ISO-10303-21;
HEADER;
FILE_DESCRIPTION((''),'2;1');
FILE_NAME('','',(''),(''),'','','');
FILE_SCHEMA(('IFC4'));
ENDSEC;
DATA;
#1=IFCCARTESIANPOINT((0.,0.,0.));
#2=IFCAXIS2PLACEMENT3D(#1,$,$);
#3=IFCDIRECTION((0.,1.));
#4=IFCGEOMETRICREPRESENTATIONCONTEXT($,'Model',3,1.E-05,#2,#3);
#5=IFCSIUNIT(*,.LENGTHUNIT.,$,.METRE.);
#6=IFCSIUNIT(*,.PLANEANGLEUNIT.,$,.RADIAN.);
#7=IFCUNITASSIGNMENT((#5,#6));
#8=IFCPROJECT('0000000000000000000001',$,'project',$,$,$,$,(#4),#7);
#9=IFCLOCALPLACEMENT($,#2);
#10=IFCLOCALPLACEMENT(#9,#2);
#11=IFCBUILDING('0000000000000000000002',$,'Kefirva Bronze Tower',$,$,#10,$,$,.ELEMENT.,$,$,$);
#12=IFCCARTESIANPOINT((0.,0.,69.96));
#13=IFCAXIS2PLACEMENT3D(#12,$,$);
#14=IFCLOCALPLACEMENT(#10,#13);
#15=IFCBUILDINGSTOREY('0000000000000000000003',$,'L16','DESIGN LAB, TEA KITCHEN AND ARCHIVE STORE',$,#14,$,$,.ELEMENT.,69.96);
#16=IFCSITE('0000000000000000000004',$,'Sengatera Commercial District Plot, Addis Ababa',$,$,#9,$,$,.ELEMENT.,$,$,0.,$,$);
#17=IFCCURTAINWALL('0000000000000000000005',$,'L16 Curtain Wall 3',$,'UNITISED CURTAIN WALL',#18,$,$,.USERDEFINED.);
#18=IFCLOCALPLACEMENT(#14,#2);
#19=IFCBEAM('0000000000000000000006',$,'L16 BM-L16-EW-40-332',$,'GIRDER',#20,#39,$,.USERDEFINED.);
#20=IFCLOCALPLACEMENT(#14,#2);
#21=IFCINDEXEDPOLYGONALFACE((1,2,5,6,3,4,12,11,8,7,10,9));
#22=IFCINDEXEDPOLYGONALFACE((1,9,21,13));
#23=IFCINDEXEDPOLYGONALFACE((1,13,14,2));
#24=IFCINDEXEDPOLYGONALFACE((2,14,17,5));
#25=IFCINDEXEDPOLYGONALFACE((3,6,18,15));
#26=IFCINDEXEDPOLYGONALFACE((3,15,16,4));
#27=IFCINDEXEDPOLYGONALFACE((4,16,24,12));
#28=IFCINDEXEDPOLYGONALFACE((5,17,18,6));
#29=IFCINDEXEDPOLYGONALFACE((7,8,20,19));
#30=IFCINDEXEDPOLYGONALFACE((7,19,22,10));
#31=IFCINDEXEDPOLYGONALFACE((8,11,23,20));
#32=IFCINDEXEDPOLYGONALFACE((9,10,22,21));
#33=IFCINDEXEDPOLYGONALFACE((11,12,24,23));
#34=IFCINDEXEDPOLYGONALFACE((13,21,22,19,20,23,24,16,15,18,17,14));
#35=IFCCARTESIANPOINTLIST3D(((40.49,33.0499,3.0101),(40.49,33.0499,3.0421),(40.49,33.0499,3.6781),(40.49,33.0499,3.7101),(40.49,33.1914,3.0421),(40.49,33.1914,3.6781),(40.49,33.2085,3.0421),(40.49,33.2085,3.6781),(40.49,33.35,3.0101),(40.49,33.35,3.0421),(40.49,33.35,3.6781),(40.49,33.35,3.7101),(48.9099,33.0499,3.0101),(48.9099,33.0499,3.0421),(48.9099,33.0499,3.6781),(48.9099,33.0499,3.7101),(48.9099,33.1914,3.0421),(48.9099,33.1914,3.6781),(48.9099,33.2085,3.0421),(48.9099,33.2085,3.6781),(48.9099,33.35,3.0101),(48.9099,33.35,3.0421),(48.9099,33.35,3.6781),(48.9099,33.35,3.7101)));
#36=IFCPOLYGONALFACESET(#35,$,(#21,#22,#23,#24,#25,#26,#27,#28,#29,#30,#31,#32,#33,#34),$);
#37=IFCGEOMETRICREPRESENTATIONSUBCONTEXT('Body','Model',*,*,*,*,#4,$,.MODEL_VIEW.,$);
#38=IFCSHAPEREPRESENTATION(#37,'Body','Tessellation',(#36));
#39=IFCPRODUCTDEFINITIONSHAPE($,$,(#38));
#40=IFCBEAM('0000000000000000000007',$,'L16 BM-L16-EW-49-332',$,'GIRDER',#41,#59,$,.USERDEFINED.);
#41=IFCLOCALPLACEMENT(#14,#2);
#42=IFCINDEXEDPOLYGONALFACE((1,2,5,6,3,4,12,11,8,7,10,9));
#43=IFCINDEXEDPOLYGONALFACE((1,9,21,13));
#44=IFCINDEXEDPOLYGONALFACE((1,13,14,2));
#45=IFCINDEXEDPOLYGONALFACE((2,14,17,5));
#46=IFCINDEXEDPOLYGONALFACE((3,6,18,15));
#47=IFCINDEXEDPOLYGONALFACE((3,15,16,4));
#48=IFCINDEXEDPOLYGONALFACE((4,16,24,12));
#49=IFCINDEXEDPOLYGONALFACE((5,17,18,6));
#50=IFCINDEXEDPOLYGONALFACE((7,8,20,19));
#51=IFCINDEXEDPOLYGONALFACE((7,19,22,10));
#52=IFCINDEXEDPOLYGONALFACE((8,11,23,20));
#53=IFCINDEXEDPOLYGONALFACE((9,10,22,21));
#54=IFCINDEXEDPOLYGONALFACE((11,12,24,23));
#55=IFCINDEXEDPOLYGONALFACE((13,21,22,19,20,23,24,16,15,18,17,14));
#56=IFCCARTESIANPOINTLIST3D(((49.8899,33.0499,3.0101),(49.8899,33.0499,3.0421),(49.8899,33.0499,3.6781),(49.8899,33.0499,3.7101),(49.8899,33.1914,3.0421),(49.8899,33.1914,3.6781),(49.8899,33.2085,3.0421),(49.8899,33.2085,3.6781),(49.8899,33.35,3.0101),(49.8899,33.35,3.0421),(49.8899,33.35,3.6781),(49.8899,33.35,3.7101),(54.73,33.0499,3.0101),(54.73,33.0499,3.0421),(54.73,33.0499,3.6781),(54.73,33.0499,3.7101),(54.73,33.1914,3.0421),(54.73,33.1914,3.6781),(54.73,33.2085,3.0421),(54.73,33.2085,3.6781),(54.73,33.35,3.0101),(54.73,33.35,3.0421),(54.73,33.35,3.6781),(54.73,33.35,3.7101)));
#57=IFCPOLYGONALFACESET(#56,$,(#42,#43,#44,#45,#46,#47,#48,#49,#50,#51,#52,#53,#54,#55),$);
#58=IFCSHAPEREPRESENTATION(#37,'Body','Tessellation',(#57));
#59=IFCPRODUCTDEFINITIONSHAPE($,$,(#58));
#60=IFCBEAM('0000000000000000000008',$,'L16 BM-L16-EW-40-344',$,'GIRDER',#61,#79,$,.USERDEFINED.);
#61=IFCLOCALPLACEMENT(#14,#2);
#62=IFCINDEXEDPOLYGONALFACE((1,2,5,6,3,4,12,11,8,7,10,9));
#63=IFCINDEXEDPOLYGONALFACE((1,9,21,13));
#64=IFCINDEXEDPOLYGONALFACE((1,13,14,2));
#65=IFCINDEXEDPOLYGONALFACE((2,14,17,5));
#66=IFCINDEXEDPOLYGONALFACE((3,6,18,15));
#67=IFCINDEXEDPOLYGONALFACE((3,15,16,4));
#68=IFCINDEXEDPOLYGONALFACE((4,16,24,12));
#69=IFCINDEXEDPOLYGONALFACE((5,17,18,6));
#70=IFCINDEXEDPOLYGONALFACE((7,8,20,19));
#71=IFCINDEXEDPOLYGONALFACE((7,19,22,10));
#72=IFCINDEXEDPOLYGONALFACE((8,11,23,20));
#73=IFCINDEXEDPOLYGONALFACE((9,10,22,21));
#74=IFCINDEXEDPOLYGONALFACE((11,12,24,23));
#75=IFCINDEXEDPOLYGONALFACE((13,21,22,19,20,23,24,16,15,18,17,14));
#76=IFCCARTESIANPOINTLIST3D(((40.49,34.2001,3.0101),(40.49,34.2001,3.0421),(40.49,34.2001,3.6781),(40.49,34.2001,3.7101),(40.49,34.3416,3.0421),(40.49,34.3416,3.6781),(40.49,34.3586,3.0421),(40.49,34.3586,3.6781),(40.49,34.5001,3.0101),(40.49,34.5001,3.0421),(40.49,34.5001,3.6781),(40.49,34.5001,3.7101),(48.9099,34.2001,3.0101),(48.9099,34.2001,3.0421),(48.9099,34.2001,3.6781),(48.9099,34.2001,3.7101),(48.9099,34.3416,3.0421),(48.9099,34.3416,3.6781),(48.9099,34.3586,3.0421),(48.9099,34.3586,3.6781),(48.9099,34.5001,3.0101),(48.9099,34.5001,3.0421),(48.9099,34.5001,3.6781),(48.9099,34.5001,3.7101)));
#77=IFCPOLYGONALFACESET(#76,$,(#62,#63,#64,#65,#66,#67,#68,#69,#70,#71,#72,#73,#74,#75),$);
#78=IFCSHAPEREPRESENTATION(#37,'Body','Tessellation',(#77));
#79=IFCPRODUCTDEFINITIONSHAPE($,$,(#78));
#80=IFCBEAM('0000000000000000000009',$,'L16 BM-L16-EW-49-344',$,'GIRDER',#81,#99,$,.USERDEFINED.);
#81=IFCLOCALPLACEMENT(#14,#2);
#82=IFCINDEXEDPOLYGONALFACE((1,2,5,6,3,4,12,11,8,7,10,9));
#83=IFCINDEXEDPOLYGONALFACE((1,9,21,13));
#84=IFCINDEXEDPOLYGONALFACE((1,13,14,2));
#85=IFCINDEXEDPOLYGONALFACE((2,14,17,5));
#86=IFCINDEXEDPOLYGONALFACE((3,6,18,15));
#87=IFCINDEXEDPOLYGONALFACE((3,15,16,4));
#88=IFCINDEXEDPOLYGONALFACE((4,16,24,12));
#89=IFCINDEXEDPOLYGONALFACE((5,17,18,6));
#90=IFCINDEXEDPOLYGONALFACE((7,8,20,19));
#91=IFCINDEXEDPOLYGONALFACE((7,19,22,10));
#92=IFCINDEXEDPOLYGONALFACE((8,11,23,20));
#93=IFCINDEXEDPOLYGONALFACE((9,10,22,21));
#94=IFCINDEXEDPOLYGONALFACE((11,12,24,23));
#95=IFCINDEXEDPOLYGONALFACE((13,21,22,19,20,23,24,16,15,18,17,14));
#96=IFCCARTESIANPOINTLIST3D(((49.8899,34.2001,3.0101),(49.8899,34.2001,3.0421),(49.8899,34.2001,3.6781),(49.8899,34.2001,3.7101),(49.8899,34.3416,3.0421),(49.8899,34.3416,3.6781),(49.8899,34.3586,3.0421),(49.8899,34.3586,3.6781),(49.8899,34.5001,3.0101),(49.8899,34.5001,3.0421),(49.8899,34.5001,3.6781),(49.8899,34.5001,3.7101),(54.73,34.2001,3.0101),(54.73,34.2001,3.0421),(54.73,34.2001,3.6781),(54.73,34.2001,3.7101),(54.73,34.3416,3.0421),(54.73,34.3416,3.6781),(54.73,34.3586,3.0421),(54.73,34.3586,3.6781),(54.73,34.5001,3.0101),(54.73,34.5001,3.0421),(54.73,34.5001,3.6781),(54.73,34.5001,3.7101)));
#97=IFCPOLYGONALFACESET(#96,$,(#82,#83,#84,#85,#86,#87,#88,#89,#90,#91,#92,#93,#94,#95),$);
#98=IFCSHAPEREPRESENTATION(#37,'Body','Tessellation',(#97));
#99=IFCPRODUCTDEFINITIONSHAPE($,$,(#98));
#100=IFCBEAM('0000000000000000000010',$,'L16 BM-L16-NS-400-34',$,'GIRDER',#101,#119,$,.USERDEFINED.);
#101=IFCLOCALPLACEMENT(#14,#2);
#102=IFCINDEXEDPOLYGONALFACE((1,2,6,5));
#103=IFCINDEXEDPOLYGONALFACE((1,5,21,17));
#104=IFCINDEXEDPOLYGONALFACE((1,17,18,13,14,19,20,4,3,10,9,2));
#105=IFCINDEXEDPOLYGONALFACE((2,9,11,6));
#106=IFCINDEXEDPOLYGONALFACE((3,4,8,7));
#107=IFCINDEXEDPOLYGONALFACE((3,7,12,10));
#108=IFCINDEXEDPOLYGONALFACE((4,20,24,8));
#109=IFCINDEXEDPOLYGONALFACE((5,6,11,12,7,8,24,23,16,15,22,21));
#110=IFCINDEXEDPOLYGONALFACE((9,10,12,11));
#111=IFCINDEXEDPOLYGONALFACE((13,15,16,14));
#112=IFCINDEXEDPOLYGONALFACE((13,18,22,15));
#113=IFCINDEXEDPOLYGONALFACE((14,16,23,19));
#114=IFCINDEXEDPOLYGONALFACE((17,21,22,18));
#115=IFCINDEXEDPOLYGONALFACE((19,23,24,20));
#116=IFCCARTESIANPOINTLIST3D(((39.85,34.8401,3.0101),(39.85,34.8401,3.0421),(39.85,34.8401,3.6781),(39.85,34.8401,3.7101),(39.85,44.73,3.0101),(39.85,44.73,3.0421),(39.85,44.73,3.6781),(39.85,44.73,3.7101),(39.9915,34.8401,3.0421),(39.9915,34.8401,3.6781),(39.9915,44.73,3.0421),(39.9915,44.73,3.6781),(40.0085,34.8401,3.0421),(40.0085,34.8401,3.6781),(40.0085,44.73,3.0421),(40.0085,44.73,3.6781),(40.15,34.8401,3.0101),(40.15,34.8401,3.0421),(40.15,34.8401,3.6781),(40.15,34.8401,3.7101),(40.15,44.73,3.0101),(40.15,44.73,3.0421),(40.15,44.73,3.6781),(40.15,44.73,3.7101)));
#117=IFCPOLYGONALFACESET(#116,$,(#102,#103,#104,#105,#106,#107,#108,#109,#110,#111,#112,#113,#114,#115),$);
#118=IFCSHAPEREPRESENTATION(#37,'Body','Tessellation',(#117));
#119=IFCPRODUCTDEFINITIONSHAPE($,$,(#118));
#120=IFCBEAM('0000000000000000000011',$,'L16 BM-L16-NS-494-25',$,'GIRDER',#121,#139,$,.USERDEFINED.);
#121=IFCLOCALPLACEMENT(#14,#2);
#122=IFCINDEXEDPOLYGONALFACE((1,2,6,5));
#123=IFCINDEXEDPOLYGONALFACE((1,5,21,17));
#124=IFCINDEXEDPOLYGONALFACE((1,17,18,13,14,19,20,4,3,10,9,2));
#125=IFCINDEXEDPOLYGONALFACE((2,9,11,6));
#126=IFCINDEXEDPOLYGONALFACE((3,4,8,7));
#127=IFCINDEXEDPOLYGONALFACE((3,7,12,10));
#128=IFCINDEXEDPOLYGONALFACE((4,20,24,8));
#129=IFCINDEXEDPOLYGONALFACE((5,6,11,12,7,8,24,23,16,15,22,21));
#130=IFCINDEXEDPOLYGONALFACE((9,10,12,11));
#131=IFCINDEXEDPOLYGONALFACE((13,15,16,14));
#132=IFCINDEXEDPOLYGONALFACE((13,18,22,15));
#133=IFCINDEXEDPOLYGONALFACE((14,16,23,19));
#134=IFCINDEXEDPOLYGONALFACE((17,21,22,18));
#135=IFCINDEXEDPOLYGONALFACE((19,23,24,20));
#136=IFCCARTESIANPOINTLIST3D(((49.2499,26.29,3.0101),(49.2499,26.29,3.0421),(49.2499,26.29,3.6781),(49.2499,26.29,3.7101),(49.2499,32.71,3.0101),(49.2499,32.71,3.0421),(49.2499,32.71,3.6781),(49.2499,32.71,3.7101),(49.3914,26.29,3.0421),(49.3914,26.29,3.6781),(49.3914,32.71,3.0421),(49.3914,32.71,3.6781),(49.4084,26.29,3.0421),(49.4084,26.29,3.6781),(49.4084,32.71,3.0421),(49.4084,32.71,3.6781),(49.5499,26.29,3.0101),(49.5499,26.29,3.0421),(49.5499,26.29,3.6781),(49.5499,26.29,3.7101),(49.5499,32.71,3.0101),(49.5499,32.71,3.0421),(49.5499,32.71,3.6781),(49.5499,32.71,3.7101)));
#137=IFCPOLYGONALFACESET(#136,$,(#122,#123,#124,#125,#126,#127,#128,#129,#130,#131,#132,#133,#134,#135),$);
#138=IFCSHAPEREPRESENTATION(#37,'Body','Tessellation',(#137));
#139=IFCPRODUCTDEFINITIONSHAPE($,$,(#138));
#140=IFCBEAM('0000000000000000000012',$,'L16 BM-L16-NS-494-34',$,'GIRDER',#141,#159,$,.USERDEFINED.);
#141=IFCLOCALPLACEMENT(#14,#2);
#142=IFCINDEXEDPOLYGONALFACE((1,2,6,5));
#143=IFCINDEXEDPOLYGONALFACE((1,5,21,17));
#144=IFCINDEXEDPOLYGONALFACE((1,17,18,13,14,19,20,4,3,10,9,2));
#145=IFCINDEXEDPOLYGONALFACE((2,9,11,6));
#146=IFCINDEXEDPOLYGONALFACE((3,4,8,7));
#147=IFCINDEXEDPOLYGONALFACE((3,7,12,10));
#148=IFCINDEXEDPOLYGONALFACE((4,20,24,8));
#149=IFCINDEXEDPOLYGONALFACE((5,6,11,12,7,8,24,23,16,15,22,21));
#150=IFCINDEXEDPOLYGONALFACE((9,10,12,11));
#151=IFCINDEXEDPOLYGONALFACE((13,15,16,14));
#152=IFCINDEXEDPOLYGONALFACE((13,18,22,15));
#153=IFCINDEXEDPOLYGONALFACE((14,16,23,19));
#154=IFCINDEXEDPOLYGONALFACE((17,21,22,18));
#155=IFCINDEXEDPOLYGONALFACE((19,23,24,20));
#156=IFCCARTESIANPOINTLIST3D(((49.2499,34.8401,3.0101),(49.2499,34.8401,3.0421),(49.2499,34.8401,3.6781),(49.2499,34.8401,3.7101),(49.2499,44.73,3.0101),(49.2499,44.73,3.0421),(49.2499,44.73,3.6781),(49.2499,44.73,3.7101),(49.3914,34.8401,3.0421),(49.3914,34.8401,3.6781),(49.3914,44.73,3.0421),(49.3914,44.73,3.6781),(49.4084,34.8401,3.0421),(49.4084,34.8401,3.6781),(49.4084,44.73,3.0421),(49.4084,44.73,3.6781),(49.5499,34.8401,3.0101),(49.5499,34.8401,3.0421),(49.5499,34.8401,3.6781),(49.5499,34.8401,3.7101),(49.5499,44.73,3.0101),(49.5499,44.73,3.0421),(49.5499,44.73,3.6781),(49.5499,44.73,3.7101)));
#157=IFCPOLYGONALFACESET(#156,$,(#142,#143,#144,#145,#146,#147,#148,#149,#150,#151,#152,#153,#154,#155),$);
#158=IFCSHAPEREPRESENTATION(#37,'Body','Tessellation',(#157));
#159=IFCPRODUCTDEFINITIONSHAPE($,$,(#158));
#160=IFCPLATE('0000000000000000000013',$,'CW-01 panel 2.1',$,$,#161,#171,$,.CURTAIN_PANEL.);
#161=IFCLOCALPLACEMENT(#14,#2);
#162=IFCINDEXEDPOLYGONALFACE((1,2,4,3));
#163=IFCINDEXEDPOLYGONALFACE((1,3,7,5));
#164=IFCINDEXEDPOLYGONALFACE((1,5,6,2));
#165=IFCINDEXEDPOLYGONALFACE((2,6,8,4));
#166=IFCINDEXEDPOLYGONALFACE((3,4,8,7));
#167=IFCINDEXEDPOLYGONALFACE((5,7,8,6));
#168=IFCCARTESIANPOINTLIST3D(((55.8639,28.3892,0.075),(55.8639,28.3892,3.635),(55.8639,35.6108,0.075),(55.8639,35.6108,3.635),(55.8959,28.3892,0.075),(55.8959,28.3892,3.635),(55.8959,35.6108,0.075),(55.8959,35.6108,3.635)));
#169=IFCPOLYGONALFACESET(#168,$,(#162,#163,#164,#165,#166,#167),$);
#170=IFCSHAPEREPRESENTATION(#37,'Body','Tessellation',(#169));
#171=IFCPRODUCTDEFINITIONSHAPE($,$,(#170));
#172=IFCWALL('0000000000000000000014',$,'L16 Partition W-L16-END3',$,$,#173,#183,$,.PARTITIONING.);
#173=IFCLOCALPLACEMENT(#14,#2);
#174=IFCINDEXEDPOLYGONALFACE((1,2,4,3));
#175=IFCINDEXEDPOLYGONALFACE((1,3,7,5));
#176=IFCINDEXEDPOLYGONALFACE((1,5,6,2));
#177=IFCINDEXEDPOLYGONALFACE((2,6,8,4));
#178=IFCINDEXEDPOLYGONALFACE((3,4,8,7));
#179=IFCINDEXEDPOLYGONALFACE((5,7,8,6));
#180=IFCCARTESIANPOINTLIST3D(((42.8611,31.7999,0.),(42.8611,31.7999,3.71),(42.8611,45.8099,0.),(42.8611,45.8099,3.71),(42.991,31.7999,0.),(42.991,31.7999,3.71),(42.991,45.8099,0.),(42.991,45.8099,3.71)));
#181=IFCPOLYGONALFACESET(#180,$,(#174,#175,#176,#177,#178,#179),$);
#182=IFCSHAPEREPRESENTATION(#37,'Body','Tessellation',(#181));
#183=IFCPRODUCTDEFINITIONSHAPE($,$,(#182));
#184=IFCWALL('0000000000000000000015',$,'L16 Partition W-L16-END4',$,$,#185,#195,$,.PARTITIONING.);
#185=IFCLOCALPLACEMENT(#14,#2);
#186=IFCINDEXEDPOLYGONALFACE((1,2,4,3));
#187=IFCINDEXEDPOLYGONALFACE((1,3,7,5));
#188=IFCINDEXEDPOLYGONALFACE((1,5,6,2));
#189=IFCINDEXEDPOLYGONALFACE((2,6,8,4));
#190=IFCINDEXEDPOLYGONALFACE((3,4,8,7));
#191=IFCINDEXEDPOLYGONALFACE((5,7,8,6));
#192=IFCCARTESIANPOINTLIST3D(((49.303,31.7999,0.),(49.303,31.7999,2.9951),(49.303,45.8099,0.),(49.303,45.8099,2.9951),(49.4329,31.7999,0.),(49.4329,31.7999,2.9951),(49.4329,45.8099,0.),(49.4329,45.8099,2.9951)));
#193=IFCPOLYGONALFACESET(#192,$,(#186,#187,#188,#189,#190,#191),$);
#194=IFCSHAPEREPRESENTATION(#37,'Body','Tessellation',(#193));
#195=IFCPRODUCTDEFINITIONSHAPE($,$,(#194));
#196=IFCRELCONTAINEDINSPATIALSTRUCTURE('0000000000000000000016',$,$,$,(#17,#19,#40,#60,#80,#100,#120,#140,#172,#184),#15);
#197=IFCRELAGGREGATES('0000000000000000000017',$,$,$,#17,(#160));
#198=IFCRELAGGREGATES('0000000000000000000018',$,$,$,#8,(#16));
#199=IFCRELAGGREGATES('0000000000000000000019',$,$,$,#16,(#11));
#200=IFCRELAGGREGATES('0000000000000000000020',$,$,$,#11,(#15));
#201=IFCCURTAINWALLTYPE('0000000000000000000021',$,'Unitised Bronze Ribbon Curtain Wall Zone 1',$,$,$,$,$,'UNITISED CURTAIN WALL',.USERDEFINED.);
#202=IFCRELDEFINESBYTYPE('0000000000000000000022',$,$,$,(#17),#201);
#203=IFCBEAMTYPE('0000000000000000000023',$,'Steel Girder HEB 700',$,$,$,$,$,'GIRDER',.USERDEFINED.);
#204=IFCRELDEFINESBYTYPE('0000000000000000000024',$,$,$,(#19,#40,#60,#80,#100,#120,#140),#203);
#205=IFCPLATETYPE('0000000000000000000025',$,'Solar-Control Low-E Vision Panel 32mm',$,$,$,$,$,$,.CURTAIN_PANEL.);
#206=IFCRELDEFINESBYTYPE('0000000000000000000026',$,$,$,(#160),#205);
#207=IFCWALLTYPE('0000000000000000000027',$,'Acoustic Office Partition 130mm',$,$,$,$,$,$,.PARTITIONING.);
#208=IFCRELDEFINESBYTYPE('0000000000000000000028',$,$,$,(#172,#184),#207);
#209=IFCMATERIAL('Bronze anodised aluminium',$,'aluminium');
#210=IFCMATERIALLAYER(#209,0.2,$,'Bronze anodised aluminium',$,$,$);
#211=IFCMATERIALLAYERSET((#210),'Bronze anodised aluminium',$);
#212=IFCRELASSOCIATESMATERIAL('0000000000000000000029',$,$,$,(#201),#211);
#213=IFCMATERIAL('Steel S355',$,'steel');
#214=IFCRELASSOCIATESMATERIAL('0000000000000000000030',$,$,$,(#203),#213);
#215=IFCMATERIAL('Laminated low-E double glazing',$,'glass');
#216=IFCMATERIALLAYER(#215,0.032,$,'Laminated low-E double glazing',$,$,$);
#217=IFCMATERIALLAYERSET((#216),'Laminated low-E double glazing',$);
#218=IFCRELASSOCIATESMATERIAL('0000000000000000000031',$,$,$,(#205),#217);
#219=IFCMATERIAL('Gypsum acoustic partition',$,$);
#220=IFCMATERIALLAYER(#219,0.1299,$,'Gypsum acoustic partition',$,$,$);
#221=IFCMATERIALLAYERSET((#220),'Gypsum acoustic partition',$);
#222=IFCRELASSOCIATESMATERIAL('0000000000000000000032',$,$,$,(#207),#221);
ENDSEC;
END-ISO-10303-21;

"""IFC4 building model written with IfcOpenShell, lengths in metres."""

from ifc_helpers import new_model, si_unit, direction, frame, frame_2d, origin, origin_2d, place, context, subcontext, project, spatial, rectangle, i_section, extrude, material, layer, layer_set, material_profile, profile_set, type_object, element, aggregate, save


model = new_model("IFC4")

# Units and contexts
model_context = context("Model", 3, precision=1e-05, world=origin(), true_north=direction((0.0, 1.0)))
body_context = subcontext(model_context, "Body", "Model", "MODEL_VIEW")
ifc_project = project(units=[si_unit("LENGTHUNIT", "METRE"), si_unit("PLANEANGLEUNIT", "RADIAN")], contexts=[model_context])

# Site, building, storey
site_placement = place(None, origin())
site = spatial("IfcSite", under=ifc_project, at=site_placement, Name="Sengatera Commercial District Plot, Addis Ababa", CompositionType="ELEMENT", RefElevation=0.0)
building_placement = place(site_placement, origin())
building = spatial("IfcBuilding", under=site, at=building_placement, Name="Kefirva Bronze Tower", CompositionType="ELEMENT")
storey_placement = place(building_placement, frame((0.0, 0.0, 69.96)))
storey = spatial("IfcBuildingStorey", under=building, at=storey_placement, Name="L16", Description="DESIGN LAB, TEA KITCHEN AND ARCHIVE STORE", CompositionType="ELEMENT", Elevation=69.96)

# Curtain wall
ifc_material_1 = material(Name="Bronze anodised aluminium", Category="aluminium")
ifc_layer_1 = layer(ifc_material_1, 0.2, Name="Bronze anodised aluminium")
ifc_layer_set_1 = layer_set([ifc_layer_1], Name="Bronze anodised aluminium")
curtain_wall_type = type_object("IfcCurtainWallType", Name="Unitised Bronze Ribbon Curtain Wall Zone 1", ElementType="UNITISED CURTAIN WALL", PredefinedType="USERDEFINED", material=ifc_layer_set_1)
curtain_wall_placement = place(storey_placement, origin())
curtain_wall = element("IfcCurtainWall", 1, at=curtain_wall_placement, inside=storey, type_object=curtain_wall_type, Name="L16 Curtain Wall 3", ObjectType="UNITISED CURTAIN WALL", PredefinedType="USERDEFINED")

# Beams
ifc_material_2 = material(Name="Steel S355", Category="steel")
ifc_material_profile_1 = material_profile(ifc_material_2, i_section(OverallWidth=0.3, OverallDepth=0.7, WebThickness=0.0171, FlangeThickness=0.032, at=origin_2d()), Name="HEB 700")
ifc_profile_set_1 = profile_set([ifc_material_profile_1], Name="Steel S355")
beam_type_1 = type_object("IfcBeamType", Name="Steel Girder HEB 700", ElementType="GIRDER", PredefinedType="USERDEFINED", material=ifc_profile_set_1)
for number, where, z_axis, x_axis, name in (
    (2, (40.49, 33.2, 3.3601), (1.0, 0.0, 0.0), (0.0, 1.0, 0.0), "L16 BM-L16-EW-40-332"),
):
    element("IfcBeam", number, at=place(storey_placement, frame(where, z_axis=z_axis, x_axis=x_axis)), inside=storey, type_object=beam_type_1, Name=name, ObjectType="GIRDER", PredefinedType="USERDEFINED", context=body_context, shape_type="SweptSolid", body=[
        extrude(i_section(OverallWidth=0.3, OverallDepth=0.7, WebThickness=0.0171, FlangeThickness=0.032, at=origin_2d()), origin(), (0.0, 0.0, 1.0), 8.4199),
    ])
beam_1_placement = place(storey_placement, frame((49.8899, 33.2, 3.3601), z_axis=(1.0, 0.0, 0.0), x_axis=(0.0, 1.0, 0.0)))
element("IfcBeam", 3, at=beam_1_placement, inside=storey, type_object=beam_type_1, Name="L16 BM-L16-EW-49-332", ObjectType="GIRDER", PredefinedType="USERDEFINED", context=body_context, shape_type="SweptSolid", body=[
    extrude(i_section(OverallWidth=0.3, OverallDepth=0.7, WebThickness=0.0171, FlangeThickness=0.032, at=origin_2d()), origin(), (0.0, 0.0, 1.0), 4.8401),
])
beam_2_placement = place(storey_placement, frame((40.49, 34.3501, 3.3601), z_axis=(1.0, 0.0, 0.0), x_axis=(0.0, 1.0, 0.0)))
element("IfcBeam", 4, at=beam_2_placement, inside=storey, type_object=beam_type_1, Name="L16 BM-L16-EW-40-344", ObjectType="GIRDER", PredefinedType="USERDEFINED", context=body_context, shape_type="SweptSolid", body=[
    extrude(i_section(OverallWidth=0.3, OverallDepth=0.7, WebThickness=0.0171, FlangeThickness=0.032, at=origin_2d()), origin(), (0.0, 0.0, 1.0), 8.4199),
])
beam_3_placement = place(storey_placement, frame((49.8899, 34.3501, 3.3601), z_axis=(1.0, 0.0, 0.0), x_axis=(0.0, 1.0, 0.0)))
element("IfcBeam", 5, at=beam_3_placement, inside=storey, type_object=beam_type_1, Name="L16 BM-L16-EW-49-344", ObjectType="GIRDER", PredefinedType="USERDEFINED", context=body_context, shape_type="SweptSolid", body=[
    extrude(i_section(OverallWidth=0.3, OverallDepth=0.7, WebThickness=0.0171, FlangeThickness=0.032, at=origin_2d()), origin(), (0.0, 0.0, 1.0), 4.8401),
])
beam_4_placement = place(storey_placement, frame((40.0, 34.8401, 3.3601), z_axis=(0.0, 1.0, 0.0), x_axis=(-1.0, 0.0, 0.0)))
element("IfcBeam", 6, at=beam_4_placement, inside=storey, type_object=beam_type_1, Name="L16 BM-L16-NS-400-34", ObjectType="GIRDER", PredefinedType="USERDEFINED", context=body_context, shape_type="SweptSolid", body=[
    extrude(i_section(OverallWidth=0.3, OverallDepth=0.7, WebThickness=0.0171, FlangeThickness=0.032, at=origin_2d()), origin(), (0.0, 0.0, 1.0), 9.8899),
])
beam_5_placement = place(storey_placement, frame((49.3999, 26.29, 3.3601), z_axis=(0.0, 1.0, 0.0), x_axis=(-1.0, 0.0, 0.0)))
element("IfcBeam", 7, at=beam_5_placement, inside=storey, type_object=beam_type_1, Name="L16 BM-L16-NS-494-25", ObjectType="GIRDER", PredefinedType="USERDEFINED", context=body_context, shape_type="SweptSolid", body=[
    extrude(i_section(OverallWidth=0.3, OverallDepth=0.7, WebThickness=0.0171, FlangeThickness=0.032, at=origin_2d()), origin(), (0.0, 0.0, 1.0), 6.4199),
])
beam_6_placement = place(storey_placement, frame((49.3999, 34.8401, 3.3601), z_axis=(0.0, 1.0, 0.0), x_axis=(-1.0, 0.0, 0.0)))
element("IfcBeam", 8, at=beam_6_placement, inside=storey, type_object=beam_type_1, Name="L16 BM-L16-NS-494-34", ObjectType="GIRDER", PredefinedType="USERDEFINED", context=body_context, shape_type="SweptSolid", body=[
    extrude(i_section(OverallWidth=0.3, OverallDepth=0.7, WebThickness=0.0171, FlangeThickness=0.032, at=origin_2d()), origin(), (0.0, 0.0, 1.0), 9.8899),
])

# Plate
ifc_material_3 = material(Name="Laminated low-E double glazing", Category="glass")
ifc_layer_2 = layer(ifc_material_3, 0.032, Name="Laminated low-E double glazing")
ifc_layer_set_2 = layer_set([ifc_layer_2], Name="Laminated low-E double glazing")
plate_type = type_object("IfcPlateType", Name="Solar-Control Low-E Vision Panel 32mm", PredefinedType="CURTAIN_PANEL", material=ifc_layer_set_2)
plate_placement = place(storey_placement, frame((55.8799, 32.0, 0.075), z_axis=(0.0, 0.0, 1.0), x_axis=(0.0, 1.0, 0.0)))
plate = element("IfcPlate", 9, at=plate_placement, type_object=plate_type, Name="CW-01 panel 2.1", PredefinedType="CURTAIN_PANEL", context=body_context, shape_type="SweptSolid", body=[
    extrude(rectangle(XDim=7.2217, YDim=0.032, at=origin_2d()), origin(), (0.0, 0.0, 1.0), 3.5601),
])
aggregate(curtain_wall, [plate])

# Walls
ifc_material_4 = material(Name="Gypsum acoustic partition")
ifc_layer_3 = layer(ifc_material_4, 0.1299, Name="Gypsum acoustic partition")
ifc_layer_set_3 = layer_set([ifc_layer_3], Name="Gypsum acoustic partition")
wall_type = type_object("IfcWallType", Name="Acoustic Office Partition 130mm", PredefinedType="PARTITIONING", material=ifc_layer_set_3)
wall_1_placement = place(storey_placement, frame((42.926, 31.8, 0.0), z_axis=(0.0, 0.0, 1.0), x_axis=(0.0, 1.0, 0.0)))
element("IfcWall", 10, at=wall_1_placement, inside=storey, type_object=wall_type, Name="L16 Partition W-L16-END3", PredefinedType="PARTITIONING", context=body_context, shape_type="SweptSolid", body=[
    extrude(rectangle(XDim=14.01, YDim=0.1299, at=frame_2d((7.0049, 0.0))), origin(), (0.0, 0.0, 1.0), 3.71),
])
wall_2_placement = place(storey_placement, frame((49.3679, 31.8, 0.0), z_axis=(0.0, 0.0, 1.0), x_axis=(0.0, 1.0, 0.0)))
element("IfcWall", 11, at=wall_2_placement, inside=storey, type_object=wall_type, Name="L16 Partition W-L16-END4", PredefinedType="PARTITIONING", context=body_context, shape_type="SweptSolid", body=[
    extrude(rectangle(XDim=14.01, YDim=0.1299, at=frame_2d((7.0049, 0.0))), origin(), (0.0, 0.0, 1.0), 2.9951),
])

save(model, "model.ifc")
